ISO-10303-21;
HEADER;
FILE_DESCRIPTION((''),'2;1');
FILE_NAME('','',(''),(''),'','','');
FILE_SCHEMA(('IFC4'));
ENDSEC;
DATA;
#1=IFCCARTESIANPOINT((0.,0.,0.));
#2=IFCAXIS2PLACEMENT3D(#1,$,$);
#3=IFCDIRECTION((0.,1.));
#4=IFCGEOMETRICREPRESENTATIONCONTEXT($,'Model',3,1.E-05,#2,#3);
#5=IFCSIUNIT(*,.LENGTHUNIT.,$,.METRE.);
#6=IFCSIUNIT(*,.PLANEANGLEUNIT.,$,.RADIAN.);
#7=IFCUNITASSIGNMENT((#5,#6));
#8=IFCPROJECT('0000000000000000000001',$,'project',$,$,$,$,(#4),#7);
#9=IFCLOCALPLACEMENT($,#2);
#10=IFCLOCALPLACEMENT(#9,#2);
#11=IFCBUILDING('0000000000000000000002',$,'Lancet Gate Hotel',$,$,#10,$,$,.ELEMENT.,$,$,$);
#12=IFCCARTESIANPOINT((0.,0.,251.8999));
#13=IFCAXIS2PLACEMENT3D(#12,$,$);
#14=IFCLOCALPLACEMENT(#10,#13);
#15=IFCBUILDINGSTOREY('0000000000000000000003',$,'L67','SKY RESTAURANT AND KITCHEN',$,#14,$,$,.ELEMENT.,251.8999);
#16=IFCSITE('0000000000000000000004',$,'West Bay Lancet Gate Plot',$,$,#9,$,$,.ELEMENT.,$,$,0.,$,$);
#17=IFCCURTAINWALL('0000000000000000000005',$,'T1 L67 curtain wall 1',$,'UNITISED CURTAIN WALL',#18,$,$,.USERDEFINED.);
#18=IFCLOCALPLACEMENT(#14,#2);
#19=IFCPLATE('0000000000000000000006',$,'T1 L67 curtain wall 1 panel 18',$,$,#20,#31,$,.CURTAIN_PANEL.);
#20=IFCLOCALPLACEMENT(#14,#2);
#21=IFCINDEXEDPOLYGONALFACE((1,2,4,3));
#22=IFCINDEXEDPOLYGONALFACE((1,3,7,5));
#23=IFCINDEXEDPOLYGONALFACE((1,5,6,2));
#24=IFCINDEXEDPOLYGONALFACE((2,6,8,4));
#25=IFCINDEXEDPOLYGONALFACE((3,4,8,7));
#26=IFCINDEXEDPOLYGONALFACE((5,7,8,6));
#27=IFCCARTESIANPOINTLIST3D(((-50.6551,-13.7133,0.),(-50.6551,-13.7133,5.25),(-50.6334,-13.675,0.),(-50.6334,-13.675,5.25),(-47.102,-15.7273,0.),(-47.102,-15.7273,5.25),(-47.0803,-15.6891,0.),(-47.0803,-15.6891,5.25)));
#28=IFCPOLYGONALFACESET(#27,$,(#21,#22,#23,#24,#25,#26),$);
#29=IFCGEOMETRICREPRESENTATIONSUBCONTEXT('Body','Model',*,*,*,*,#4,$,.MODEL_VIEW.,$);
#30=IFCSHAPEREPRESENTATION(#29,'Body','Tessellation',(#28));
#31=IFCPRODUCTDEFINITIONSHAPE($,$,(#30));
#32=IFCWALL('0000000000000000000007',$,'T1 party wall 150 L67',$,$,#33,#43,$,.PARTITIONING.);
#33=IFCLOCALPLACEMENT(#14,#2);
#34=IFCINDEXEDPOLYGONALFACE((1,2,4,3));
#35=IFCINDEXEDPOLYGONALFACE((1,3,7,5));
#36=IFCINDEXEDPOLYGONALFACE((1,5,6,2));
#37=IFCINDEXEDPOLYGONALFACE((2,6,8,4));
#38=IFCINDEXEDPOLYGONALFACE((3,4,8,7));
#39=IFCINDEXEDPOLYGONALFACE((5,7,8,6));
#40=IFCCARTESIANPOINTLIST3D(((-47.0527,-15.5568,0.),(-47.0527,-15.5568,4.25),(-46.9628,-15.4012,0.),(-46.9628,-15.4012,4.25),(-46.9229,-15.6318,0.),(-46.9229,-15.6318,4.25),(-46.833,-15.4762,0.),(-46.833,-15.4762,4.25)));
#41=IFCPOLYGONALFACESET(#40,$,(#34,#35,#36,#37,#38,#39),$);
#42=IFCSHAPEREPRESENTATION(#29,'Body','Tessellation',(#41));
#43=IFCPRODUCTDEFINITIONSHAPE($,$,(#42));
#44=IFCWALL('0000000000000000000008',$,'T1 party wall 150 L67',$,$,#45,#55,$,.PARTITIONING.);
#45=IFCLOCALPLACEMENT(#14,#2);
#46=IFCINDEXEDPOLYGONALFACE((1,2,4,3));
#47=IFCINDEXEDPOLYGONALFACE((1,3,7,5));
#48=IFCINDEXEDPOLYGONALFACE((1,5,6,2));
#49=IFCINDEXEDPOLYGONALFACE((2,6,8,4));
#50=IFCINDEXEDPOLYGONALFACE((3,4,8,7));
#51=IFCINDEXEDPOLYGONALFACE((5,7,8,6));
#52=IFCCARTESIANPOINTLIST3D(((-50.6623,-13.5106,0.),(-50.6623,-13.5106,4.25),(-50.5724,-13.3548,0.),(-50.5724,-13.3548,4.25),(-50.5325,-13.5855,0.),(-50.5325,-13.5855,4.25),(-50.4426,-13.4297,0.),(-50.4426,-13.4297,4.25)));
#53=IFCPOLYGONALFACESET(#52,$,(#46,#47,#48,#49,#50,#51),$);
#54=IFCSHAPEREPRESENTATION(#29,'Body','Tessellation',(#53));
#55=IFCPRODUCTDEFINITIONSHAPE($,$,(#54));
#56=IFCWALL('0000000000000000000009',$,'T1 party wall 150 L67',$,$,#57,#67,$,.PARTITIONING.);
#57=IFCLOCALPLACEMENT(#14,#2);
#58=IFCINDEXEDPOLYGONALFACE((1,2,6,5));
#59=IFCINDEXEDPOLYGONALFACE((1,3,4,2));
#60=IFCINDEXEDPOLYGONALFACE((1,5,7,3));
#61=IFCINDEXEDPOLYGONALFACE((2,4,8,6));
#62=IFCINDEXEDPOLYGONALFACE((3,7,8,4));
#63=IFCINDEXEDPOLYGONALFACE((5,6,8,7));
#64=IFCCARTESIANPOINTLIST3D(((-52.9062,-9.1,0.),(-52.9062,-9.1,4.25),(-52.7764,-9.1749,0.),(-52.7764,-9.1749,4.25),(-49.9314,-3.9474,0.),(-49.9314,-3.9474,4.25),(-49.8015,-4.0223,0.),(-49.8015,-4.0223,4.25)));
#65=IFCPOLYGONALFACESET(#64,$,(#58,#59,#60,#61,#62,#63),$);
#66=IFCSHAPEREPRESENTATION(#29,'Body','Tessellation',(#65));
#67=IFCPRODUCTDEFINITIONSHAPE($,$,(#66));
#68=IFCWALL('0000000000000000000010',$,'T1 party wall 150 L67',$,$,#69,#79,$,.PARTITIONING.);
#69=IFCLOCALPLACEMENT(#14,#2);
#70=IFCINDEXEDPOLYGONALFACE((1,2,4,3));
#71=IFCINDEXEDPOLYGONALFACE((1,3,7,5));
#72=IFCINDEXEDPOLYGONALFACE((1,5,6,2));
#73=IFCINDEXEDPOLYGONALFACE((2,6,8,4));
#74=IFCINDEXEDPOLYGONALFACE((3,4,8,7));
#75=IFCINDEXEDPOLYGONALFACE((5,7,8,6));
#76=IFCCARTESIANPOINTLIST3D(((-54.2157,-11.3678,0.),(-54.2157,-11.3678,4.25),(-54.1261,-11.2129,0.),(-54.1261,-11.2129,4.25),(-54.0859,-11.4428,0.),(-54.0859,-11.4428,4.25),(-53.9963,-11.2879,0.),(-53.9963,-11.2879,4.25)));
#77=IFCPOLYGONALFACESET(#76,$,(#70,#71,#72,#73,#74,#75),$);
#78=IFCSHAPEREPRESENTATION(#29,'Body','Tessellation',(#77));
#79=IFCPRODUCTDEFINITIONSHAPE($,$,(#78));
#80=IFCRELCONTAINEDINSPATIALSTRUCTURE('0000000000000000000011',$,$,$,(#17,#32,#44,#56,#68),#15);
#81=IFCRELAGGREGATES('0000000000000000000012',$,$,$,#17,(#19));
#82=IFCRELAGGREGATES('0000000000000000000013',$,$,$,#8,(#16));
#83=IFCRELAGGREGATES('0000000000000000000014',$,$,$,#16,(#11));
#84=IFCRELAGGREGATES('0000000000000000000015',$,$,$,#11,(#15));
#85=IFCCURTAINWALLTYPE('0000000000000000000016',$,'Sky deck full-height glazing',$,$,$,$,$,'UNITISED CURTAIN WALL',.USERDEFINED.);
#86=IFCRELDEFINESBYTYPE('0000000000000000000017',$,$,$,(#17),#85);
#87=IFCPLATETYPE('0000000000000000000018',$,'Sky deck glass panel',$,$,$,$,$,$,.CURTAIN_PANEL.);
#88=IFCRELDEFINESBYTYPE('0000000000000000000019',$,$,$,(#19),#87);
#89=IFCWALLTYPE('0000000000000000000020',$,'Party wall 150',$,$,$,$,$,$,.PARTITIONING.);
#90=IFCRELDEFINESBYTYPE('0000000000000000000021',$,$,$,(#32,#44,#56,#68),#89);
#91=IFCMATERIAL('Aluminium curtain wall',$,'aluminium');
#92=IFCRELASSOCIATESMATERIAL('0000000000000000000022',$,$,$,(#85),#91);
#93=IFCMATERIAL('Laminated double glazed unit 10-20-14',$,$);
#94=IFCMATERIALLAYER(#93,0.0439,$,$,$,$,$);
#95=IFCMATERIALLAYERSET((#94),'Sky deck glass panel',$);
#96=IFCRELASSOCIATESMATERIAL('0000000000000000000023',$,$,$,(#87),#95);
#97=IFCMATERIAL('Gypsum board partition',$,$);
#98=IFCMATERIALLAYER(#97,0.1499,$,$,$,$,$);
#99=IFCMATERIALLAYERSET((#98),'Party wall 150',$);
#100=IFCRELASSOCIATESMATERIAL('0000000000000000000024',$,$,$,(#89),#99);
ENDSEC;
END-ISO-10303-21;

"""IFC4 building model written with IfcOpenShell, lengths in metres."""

from ifc_helpers import new_model, si_unit, direction, frame, frame_2d, origin, origin_2d, place, context, subcontext, project, spatial, rectangle, extrude, material, layer, layer_set, type_object, element, aggregate, save


model = new_model("IFC4")

# Units and contexts
model_context = context("Model", 3, precision=1e-05, world=origin(), true_north=direction((0.0, 1.0)))
body_context = subcontext(model_context, "Body", "Model", "MODEL_VIEW")
ifc_project = project(units=[si_unit("LENGTHUNIT", "METRE"), si_unit("PLANEANGLEUNIT", "RADIAN")], contexts=[model_context])

# Site, building, storey
site_placement = place(None, origin())
site = spatial("IfcSite", under=ifc_project, at=site_placement, Name="West Bay Lancet Gate Plot", CompositionType="ELEMENT", RefElevation=0.0)
building_placement = place(site_placement, origin())
building = spatial("IfcBuilding", under=site, at=building_placement, Name="Lancet Gate Hotel", CompositionType="ELEMENT")
storey_placement = place(building_placement, frame((0.0, 0.0, 251.8999)))
storey = spatial("IfcBuildingStorey", under=building, at=storey_placement, Name="L67", Description="SKY RESTAURANT AND KITCHEN", CompositionType="ELEMENT", Elevation=251.8999)

# Curtain wall
ifc_material_1 = material(Name="Aluminium curtain wall", Category="aluminium")
curtain_wall_type = type_object("IfcCurtainWallType", Name="Sky deck full-height glazing", ElementType="UNITISED CURTAIN WALL", PredefinedType="USERDEFINED", material=ifc_material_1)
curtain_wall_placement = place(storey_placement, origin())
curtain_wall = element("IfcCurtainWall", 1, at=curtain_wall_placement, inside=storey, type_object=curtain_wall_type, Name="T1 L67 curtain wall 1", ObjectType="UNITISED CURTAIN WALL", PredefinedType="USERDEFINED")

# Plate
ifc_material_2 = material(Name="Laminated double glazed unit 10-20-14")
ifc_layer_1 = layer(ifc_material_2, 0.0439)
ifc_layer_set_1 = layer_set([ifc_layer_1], Name="Sky deck glass panel")
plate_type = type_object("IfcPlateType", Name="Sky deck glass panel", PredefinedType="CURTAIN_PANEL", material=ifc_layer_set_1)
plate_1_placement = place(storey_placement, frame((-48.8677, -14.7012, 0.0), z_axis=(0.0, 0.0, 1.0), x_axis=(0.869958, -0.493126, 0.0)))
plate_1 = element("IfcPlate", 2, at=plate_1_placement, type_object=plate_type, Name="T1 L67 curtain wall 1 panel 18", PredefinedType="CURTAIN_PANEL", context=body_context, shape_type="SweptSolid", body=[
    extrude(rectangle(XDim=4.0842, YDim=0.0439, at=origin_2d()), origin(), (0.0, 0.0, 1.0), 5.25),
])
aggregate(curtain_wall, [plate_1])

# Walls
ifc_material_3 = material(Name="Gypsum board partition")
ifc_layer_2 = layer(ifc_material_3, 0.1499)
ifc_layer_set_2 = layer_set([ifc_layer_2], Name="Party wall 150")
wall_type = type_object("IfcWallType", Name="Party wall 150", PredefinedType="PARTITIONING", material=ifc_layer_set_2)
wall_1_placement = place(storey_placement, frame((-46.8979, -15.4387, 0.0), z_axis=(0.0, 0.0, 1.0), x_axis=(-0.500232, -0.865891, 0.0)))
element("IfcWall", 3, at=wall_1_placement, inside=storey, type_object=wall_type, Name="T1 party wall 150 L67", PredefinedType="PARTITIONING", context=body_context, shape_type="SweptSolid", body=[
    extrude(rectangle(XDim=0.1797, YDim=0.1499, at=frame_2d((0.0898, 0.0))), origin(), (0.0, 0.0, 1.0), 4.25),
])
wall_2_placement = place(storey_placement, frame((-50.5076, -13.3923, 0.0), z_axis=(0.0, 0.0, 1.0), x_axis=(-0.499644, -0.866231, 0.0)))
element("IfcWall", 4, at=wall_2_placement, inside=storey, type_object=wall_type, Name="T1 party wall 150 L67", PredefinedType="PARTITIONING", context=body_context, shape_type="SweptSolid", body=[
    extrude(rectangle(XDim=0.1799, YDim=0.1499, at=frame_2d((0.0898, 0.0))), origin(), (0.0, 0.0, 1.0), 4.25),
])
wall_3_placement = place(storey_placement, frame((-49.8665, -3.9849, 0.0), z_axis=(0.0, 0.0, 1.0), x_axis=(-0.500001, -0.866025, 0.0)))
element("IfcWall", 5, at=wall_3_placement, inside=storey, type_object=wall_type, Name="T1 party wall 150 L67", PredefinedType="PARTITIONING", context=body_context, shape_type="SweptSolid", body=[
    extrude(rectangle(XDim=5.9497, YDim=0.1499, at=frame_2d((2.9749, 0.0))), origin(), (0.0, 0.0, 1.0), 4.25),
])
wall_4_placement = place(storey_placement, frame((-54.0613, -11.2505, 0.0), z_axis=(0.0, 0.0, 1.0), x_axis=(-0.500391, -0.865799, 0.0)))
element("IfcWall", 6, at=wall_4_placement, inside=storey, type_object=wall_type, Name="T1 party wall 150 L67", PredefinedType="PARTITIONING", context=body_context, shape_type="SweptSolid", body=[
    extrude(rectangle(XDim=0.179, YDim=0.1499, at=frame_2d((0.0894, 0.0))), origin(), (0.0, 0.0, 1.0), 4.25),
])

save(model, "model.ifc")
